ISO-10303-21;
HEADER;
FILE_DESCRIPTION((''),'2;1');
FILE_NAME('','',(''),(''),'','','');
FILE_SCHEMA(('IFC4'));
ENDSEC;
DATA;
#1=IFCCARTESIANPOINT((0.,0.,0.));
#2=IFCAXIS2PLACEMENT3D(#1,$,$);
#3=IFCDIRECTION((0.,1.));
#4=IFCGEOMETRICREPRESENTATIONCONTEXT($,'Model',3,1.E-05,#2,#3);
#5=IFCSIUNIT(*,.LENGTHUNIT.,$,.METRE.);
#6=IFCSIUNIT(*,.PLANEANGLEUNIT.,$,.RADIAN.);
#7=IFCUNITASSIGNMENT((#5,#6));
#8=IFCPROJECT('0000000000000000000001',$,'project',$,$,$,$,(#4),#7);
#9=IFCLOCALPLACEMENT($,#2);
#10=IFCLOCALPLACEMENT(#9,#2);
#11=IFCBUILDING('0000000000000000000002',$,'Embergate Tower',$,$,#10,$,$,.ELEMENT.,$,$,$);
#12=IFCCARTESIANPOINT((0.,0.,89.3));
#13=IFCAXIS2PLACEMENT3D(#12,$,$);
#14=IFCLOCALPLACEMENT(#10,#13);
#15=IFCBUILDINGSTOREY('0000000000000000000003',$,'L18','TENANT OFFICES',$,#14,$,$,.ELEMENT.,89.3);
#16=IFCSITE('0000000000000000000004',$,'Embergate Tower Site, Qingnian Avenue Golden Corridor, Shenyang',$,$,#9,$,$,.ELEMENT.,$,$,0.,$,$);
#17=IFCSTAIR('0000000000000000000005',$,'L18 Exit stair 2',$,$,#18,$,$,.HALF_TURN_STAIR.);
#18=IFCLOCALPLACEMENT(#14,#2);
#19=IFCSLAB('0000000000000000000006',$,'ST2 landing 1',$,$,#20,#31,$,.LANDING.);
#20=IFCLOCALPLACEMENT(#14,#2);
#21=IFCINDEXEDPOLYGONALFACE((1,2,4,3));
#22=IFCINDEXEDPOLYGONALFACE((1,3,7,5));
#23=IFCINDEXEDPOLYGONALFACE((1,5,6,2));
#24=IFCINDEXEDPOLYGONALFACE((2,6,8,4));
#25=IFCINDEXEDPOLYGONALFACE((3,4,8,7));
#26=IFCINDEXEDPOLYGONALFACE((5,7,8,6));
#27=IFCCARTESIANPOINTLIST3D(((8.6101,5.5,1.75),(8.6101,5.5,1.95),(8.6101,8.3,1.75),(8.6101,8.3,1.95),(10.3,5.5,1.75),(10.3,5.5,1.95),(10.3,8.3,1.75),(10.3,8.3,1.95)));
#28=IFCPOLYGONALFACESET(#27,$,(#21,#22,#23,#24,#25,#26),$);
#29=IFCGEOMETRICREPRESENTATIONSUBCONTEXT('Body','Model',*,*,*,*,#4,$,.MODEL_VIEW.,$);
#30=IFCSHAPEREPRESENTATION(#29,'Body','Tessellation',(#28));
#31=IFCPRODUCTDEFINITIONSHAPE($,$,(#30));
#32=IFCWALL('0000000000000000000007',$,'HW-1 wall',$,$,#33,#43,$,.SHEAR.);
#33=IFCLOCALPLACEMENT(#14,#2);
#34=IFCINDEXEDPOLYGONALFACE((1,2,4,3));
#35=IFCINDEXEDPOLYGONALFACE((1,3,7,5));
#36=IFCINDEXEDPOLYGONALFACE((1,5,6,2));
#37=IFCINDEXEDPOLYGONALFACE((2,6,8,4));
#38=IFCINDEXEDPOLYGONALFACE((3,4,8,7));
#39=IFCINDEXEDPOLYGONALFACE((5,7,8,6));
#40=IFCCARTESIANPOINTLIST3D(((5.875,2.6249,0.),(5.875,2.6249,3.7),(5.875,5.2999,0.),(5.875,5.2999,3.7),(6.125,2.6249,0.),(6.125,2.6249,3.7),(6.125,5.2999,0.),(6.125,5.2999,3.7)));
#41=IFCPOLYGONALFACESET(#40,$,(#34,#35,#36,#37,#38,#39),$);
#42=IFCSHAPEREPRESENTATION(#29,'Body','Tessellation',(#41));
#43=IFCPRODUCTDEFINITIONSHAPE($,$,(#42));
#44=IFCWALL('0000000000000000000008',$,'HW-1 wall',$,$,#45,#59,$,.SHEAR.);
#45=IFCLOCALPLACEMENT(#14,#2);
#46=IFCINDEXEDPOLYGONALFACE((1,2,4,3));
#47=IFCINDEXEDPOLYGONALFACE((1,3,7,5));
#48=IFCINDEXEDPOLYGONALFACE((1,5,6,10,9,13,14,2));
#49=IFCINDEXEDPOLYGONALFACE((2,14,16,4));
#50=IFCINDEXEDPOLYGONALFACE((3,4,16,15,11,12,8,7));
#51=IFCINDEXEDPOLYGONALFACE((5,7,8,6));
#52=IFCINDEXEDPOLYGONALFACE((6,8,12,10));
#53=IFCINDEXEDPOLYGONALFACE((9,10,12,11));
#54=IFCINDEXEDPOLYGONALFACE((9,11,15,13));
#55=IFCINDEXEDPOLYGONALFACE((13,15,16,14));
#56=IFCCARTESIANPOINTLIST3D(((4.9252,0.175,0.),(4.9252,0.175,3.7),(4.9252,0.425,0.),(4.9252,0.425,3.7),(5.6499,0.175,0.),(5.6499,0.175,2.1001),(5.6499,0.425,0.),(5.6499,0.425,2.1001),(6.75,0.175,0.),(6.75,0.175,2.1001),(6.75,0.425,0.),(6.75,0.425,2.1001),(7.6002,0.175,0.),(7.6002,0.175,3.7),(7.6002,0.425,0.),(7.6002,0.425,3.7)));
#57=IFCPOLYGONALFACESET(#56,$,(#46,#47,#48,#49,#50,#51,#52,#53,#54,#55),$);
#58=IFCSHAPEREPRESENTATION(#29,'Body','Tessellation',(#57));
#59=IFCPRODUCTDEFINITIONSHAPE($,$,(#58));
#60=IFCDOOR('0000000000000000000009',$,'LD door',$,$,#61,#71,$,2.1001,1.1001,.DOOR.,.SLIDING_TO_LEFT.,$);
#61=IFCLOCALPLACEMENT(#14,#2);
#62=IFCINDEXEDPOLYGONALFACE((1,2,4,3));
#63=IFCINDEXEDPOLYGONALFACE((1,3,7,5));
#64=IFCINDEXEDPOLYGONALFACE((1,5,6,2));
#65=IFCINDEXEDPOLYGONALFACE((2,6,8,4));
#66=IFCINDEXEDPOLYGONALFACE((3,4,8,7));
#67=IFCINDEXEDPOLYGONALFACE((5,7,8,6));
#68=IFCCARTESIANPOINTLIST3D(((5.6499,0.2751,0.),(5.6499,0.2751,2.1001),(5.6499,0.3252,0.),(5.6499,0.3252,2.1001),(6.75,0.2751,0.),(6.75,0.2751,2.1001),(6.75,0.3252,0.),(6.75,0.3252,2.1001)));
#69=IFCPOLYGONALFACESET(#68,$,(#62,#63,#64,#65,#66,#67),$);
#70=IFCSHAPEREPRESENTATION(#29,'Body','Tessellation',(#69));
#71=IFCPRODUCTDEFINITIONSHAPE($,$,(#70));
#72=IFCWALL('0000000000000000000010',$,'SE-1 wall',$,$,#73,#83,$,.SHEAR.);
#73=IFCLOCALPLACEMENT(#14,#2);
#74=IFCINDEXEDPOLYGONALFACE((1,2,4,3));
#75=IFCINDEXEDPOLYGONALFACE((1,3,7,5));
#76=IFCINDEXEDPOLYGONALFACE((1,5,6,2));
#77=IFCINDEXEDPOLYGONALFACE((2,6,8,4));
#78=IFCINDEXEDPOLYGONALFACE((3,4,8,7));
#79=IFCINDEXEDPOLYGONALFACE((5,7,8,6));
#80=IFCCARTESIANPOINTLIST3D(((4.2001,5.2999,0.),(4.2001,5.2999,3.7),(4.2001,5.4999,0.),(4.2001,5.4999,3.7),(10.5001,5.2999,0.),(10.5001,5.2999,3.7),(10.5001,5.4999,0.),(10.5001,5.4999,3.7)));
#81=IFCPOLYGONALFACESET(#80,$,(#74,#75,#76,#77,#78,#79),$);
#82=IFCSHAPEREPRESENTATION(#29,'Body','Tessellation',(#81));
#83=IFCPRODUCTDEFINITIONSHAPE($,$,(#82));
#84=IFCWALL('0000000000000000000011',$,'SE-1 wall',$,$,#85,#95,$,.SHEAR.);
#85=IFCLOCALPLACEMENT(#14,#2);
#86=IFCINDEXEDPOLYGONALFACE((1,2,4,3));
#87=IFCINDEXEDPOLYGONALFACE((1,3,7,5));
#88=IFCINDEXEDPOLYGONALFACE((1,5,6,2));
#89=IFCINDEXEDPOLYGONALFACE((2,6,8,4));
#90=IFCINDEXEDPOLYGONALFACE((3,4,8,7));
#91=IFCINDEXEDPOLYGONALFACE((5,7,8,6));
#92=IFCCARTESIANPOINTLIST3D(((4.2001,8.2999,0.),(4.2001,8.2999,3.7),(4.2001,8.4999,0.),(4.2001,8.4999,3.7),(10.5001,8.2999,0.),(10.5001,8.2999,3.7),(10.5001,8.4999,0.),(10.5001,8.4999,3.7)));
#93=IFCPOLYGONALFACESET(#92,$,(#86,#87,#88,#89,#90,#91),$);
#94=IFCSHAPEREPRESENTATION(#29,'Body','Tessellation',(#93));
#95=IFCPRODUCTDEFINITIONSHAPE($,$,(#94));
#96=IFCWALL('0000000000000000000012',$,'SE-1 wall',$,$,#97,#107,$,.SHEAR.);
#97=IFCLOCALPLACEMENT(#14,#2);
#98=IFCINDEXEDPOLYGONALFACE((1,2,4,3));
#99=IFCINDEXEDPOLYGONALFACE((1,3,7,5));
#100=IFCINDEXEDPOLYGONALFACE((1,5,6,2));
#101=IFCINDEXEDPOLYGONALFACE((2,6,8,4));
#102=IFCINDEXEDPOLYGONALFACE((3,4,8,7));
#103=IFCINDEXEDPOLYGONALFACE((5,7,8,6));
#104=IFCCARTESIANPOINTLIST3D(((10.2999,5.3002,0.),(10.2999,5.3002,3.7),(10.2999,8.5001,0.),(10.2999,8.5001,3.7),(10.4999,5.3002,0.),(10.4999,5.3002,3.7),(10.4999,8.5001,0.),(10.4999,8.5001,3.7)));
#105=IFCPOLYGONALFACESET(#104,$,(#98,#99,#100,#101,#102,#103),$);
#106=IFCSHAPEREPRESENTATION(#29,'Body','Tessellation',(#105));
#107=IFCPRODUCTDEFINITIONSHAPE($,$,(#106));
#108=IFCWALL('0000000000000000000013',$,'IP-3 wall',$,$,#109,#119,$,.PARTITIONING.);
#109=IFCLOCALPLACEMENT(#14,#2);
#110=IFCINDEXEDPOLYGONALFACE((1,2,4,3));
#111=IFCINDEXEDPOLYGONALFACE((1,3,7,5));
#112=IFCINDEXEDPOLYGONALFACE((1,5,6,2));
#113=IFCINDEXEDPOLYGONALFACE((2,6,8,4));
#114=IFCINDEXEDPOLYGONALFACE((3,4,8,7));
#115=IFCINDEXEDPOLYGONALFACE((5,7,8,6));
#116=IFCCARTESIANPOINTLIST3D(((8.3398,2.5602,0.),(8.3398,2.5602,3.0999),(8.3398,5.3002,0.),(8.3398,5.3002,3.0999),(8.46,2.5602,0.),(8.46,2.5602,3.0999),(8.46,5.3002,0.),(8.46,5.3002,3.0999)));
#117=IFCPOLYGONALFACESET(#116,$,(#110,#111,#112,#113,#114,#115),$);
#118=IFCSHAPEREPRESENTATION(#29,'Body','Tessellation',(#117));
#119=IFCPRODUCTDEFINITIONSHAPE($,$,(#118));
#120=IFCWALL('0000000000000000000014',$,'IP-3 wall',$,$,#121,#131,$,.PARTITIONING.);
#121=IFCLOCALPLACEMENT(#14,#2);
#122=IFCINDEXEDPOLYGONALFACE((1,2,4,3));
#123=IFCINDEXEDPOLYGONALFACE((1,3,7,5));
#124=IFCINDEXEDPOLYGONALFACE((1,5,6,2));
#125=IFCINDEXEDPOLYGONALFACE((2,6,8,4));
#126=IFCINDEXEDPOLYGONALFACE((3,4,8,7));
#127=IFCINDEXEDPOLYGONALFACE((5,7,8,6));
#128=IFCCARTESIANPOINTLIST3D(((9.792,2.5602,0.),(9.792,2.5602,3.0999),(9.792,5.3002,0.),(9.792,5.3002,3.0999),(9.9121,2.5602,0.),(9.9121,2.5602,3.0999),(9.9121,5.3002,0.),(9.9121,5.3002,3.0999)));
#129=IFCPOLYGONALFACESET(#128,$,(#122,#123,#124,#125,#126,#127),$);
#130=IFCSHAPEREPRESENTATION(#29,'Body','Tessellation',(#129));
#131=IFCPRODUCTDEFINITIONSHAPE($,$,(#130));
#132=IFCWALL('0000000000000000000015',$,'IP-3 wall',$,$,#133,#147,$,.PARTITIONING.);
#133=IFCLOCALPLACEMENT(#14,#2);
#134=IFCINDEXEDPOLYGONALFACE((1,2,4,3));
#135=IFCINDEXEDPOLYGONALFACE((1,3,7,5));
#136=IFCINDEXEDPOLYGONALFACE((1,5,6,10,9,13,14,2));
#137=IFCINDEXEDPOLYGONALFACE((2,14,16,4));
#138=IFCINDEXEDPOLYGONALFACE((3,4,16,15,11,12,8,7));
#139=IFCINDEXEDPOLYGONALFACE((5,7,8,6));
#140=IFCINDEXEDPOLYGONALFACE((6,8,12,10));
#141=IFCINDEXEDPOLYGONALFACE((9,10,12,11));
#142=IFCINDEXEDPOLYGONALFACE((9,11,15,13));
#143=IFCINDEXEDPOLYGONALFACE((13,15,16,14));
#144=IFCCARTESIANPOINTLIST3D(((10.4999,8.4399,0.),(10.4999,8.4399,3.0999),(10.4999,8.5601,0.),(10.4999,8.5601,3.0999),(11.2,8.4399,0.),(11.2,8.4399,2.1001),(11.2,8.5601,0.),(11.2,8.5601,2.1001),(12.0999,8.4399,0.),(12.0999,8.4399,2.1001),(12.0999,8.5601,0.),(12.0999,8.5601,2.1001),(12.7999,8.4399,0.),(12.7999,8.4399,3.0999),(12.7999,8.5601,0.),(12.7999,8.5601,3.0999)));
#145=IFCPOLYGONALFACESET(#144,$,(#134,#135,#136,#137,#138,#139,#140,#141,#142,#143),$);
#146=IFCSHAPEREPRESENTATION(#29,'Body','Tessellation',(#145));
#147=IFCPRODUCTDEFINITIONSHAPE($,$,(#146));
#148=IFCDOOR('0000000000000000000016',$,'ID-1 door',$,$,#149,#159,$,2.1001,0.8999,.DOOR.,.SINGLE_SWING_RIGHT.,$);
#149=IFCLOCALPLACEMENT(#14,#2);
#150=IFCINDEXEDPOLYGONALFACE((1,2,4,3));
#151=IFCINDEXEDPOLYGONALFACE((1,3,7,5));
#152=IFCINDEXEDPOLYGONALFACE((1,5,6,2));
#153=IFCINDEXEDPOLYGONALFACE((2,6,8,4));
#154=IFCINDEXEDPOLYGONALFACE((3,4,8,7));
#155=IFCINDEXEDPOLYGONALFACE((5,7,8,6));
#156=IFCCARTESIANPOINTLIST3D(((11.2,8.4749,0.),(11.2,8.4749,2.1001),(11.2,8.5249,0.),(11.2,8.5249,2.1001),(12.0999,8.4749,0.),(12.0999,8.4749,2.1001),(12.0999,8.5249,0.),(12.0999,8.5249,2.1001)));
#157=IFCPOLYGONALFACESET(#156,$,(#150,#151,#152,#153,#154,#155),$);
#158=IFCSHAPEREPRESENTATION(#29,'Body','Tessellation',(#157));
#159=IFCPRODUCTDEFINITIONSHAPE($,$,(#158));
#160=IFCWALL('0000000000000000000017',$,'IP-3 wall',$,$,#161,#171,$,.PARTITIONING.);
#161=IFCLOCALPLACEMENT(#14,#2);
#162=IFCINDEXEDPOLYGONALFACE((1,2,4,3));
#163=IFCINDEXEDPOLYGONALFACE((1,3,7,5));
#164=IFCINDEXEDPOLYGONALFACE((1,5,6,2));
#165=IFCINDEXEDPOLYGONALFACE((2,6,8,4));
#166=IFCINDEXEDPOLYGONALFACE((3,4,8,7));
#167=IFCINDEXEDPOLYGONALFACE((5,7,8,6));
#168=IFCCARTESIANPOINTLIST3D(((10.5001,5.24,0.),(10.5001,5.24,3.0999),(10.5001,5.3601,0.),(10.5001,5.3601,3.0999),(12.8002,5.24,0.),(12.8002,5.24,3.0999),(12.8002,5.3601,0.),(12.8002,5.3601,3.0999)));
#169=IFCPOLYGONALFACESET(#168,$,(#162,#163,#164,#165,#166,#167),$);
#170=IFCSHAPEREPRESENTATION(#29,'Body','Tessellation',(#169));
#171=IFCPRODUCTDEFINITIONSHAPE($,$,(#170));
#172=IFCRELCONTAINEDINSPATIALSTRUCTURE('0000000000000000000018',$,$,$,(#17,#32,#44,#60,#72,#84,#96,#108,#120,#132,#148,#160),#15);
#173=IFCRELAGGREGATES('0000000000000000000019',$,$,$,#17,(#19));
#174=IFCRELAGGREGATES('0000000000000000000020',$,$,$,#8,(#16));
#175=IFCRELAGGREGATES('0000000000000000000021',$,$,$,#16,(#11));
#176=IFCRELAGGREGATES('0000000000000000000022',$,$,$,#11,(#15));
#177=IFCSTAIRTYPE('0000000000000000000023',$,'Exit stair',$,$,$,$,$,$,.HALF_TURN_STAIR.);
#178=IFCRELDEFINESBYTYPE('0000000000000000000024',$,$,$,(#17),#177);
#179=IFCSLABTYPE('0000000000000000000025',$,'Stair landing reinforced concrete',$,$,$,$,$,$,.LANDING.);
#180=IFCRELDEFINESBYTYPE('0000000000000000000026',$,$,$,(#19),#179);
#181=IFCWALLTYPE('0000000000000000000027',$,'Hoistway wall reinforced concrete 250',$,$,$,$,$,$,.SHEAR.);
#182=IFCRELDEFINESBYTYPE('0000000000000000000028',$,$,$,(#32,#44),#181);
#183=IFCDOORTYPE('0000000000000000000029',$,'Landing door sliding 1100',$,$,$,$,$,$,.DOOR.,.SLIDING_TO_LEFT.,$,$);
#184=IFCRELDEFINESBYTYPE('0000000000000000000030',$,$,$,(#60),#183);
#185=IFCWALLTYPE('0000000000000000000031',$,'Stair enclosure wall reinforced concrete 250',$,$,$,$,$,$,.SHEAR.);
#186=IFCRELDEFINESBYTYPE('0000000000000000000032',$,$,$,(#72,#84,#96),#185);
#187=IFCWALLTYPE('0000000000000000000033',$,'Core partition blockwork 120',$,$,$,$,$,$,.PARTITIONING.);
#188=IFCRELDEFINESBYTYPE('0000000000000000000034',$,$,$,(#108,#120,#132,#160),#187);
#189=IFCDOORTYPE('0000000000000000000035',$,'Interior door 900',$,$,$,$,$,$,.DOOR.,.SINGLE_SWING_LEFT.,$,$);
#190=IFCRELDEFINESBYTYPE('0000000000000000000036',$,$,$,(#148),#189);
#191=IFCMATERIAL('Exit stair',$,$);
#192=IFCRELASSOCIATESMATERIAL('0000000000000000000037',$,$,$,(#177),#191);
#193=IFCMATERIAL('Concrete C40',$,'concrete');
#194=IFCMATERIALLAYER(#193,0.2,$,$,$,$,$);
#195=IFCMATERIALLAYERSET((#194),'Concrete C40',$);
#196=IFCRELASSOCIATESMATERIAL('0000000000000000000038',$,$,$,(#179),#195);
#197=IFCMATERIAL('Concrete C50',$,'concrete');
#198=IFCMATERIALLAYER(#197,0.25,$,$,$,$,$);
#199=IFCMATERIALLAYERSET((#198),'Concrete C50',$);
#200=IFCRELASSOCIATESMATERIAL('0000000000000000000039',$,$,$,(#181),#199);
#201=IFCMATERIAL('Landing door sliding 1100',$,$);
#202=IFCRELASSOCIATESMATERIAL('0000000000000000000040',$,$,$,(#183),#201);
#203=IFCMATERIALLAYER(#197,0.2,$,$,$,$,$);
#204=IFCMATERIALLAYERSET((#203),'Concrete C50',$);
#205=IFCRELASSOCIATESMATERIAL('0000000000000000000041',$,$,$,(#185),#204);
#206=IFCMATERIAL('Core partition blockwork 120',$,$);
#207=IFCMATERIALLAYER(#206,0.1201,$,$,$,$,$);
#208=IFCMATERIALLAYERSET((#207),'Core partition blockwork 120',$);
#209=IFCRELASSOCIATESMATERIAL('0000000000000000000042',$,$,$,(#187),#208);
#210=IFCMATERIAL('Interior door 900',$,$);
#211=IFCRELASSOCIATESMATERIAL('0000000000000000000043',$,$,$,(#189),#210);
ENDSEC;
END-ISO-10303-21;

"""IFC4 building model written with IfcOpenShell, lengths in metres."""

from ifc_helpers import new_model, si_unit, direction, frame, frame_2d, origin, place, context, subcontext, project, spatial, polyline, rectangle, outline, extrude, source, transform, mapped, material, layer, layer_set, type_object, element, fill, aggregate, save


model = new_model("IFC4")

# Units and contexts
model_context = context("Model", 3, precision=1e-05, world=origin(), true_north=direction((0.0, 1.0)))
body_context = subcontext(model_context, "Body", "Model", "MODEL_VIEW")
ifc_project = project(units=[si_unit("LENGTHUNIT", "METRE"), si_unit("PLANEANGLEUNIT", "RADIAN")], contexts=[model_context])

# Site, building, storey
site_placement = place(None, origin())
site = spatial("IfcSite", under=ifc_project, at=site_placement, Name="Embergate Tower Site, Qingnian Avenue Golden Corridor, Shenyang", CompositionType="ELEMENT", RefElevation=0.0)
building_placement = place(site_placement, origin())
building = spatial("IfcBuilding", under=site, at=building_placement, Name="Embergate Tower", CompositionType="ELEMENT")
storey_placement = place(building_placement, frame((0.0, 0.0, 89.3)))
storey = spatial("IfcBuildingStorey", under=building, at=storey_placement, Name="L18", Description="TENANT OFFICES", CompositionType="ELEMENT", Elevation=89.3)

# Stair, slab
ifc_material_1 = material(Name="Exit stair")
stair_type = type_object("IfcStairType", Name="Exit stair", PredefinedType="HALF_TURN_STAIR", material=ifc_material_1)
stair_placement = place(storey_placement, origin())
stair = element("IfcStair", 1, at=stair_placement, inside=storey, type_object=stair_type, Name="L18 Exit stair 2", PredefinedType="HALF_TURN_STAIR")
ifc_material_2 = material(Name="Concrete C40", Category="concrete")
ifc_layer_1 = layer(ifc_material_2, 0.2)
ifc_layer_set_1 = layer_set([ifc_layer_1], Name="Concrete C40")
slab_type = type_object("IfcSlabType", Name="Stair landing reinforced concrete", PredefinedType="LANDING", material=ifc_layer_set_1)
shared_shape_1 = source(origin(), body_context, "Body", "SweptSolid", [
    extrude(outline(polyline([(0.0, 0.0), (1.6899, 0.0), (1.6899, 2.8), (0.0, 2.8), (0.0, 0.0)])), origin(), (0.0, 0.0, 1.0), 0.2),
])
slab_placement = place(storey_placement, frame((8.6101, 5.5, 1.75)))
slab = element("IfcSlab", 2, at=slab_placement, type_object=slab_type, Name="ST2 landing 1", PredefinedType="LANDING", context=body_context, shape_type="MappedRepresentation", body=[
    mapped(shared_shape_1, transform((0.0, 0.0, 0.0))),
])

# Wall
ifc_material_3 = material(Name="Concrete C50", Category="concrete")
ifc_layer_2 = layer(ifc_material_3, 0.25)
ifc_layer_set_2 = layer_set([ifc_layer_2], Name="Concrete C50")
wall_type_1 = type_object("IfcWallType", Name="Hoistway wall reinforced concrete 250", PredefinedType="SHEAR", material=ifc_layer_set_2)
shared_shape_2 = source(origin(), body_context, "Body", "SweptSolid", [
    extrude(rectangle(XDim=2.675, YDim=0.25, at=frame_2d((1.3374, 0.0))), origin(), (0.0, 0.0, 1.0), 3.7),
])
wall_1_placement = place(storey_placement, frame((6.0, 2.625, 0.0), z_axis=(0.0, 0.0, 1.0), x_axis=(0.0, 1.0, 0.0)))
element("IfcWall", 3, at=wall_1_placement, inside=storey, type_object=wall_type_1, Name="HW-1 wall", PredefinedType="SHEAR", context=body_context, shape_type="MappedRepresentation", body=[
    mapped(shared_shape_2, transform((0.0, 0.0, 0.0))),
])

# Wall, opening, door
wall_2_placement = place(storey_placement, frame((7.6001, 0.3, 0.0), z_axis=(0.0, 0.0, 1.0), x_axis=(-1.0, 0.0, 0.0)))
wall_2 = element("IfcWall", 4, at=wall_2_placement, inside=storey, type_object=wall_type_1, Name="HW-1 wall", PredefinedType="SHEAR", context=body_context, shape_type="MappedRepresentation", body=[
    mapped(shared_shape_2, transform((0.0, 0.0, 0.0))),
])
shared_shape_3 = source(origin(), body_context, "Body", "SweptSolid", [
    extrude(rectangle(XDim=1.1001, YDim=2.1001, at=frame_2d((0.55, 1.05))), frame((0.0, 0.135, 0.0), z_axis=(0.0, -1.0, 0.0), x_axis=(1.0, 0.0, 0.0)), (0.0, 0.0, 1.0), 0.27),
])
opening_1_placement = place(wall_2_placement, frame((0.8501, 0.0, 0.0)))
opening_1 = element("IfcOpeningElement", 5, at=opening_1_placement, cuts=wall_2, PredefinedType="OPENING", context=body_context, shape_type="MappedRepresentation", body=[
    mapped(shared_shape_3, transform((0.0, 0.0, 0.0))),
])
ifc_material_4 = material(Name="Landing door sliding 1100")
door_type_1 = type_object("IfcDoorType", Name="Landing door sliding 1100", OperationType="SLIDING_TO_LEFT", PredefinedType="DOOR", material=ifc_material_4)
shared_shape_4 = source(origin(), body_context, "Body", "SweptSolid", [
    extrude(rectangle(XDim=1.1001, YDim=2.1001, at=frame_2d((0.55, 1.05))), frame((0.0, 0.0249, 0.0), z_axis=(0.0, -1.0, 0.0), x_axis=(1.0, 0.0, 0.0)), (0.0, 0.0, 1.0), 0.05),
])
door_1_placement = place(opening_1_placement, origin())
door_1 = element("IfcDoor", 6, at=door_1_placement, inside=storey, type_object=door_type_1, Name="LD door", OperationType="SLIDING_TO_LEFT", OverallHeight=2.1001, OverallWidth=1.1001, PredefinedType="DOOR", context=body_context, shape_type="MappedRepresentation", body=[
    mapped(shared_shape_4, transform((0.0, 0.0, 0.0))),
])
fill(opening_1, door_1)

# Walls
ifc_layer_3 = layer(ifc_material_3, 0.2)
ifc_layer_set_3 = layer_set([ifc_layer_3], Name="Concrete C50")
wall_type_2 = type_object("IfcWallType", Name="Stair enclosure wall reinforced concrete 250", PredefinedType="SHEAR", material=ifc_layer_set_3)
shared_shape_5 = source(origin(), body_context, "Body", "SweptSolid", [
    extrude(rectangle(XDim=6.3, YDim=0.2, at=frame_2d((3.1499, 0.0))), origin(), (0.0, 0.0, 1.0), 3.7),
])
for number, where, z_axis, x_axis, name in (
    (7, (10.5, 5.3999, 0.0), (0.0, 0.0, 1.0), (-1.0, 0.0, 0.0), "SE-1 wall"),
    (8, (10.5, 8.3999, 0.0), (0.0, 0.0, 1.0), (-1.0, 0.0, 0.0), "SE-1 wall"),
):
    element("IfcWall", number, at=place(storey_placement, frame(where, z_axis=z_axis, x_axis=x_axis)), inside=storey, type_object=wall_type_2, Name=name, PredefinedType="SHEAR", context=body_context, shape_type="MappedRepresentation", body=[
        mapped(shared_shape_5, transform((0.0, 0.0, 0.0))),
    ])
shared_shape_6 = source(origin(), body_context, "Body", "SweptSolid", [
    extrude(rectangle(XDim=3.2, YDim=0.2, at=frame_2d((1.6001, 0.0))), origin(), (0.0, 0.0, 1.0), 3.7),
])
wall_3_placement = place(storey_placement, frame((10.3999, 5.3, 0.0), z_axis=(0.0, 0.0, 1.0), x_axis=(0.0, 1.0, 0.0)))
element("IfcWall", 9, at=wall_3_placement, inside=storey, type_object=wall_type_2, Name="SE-1 wall", PredefinedType="SHEAR", context=body_context, shape_type="MappedRepresentation", body=[
    mapped(shared_shape_6, transform((0.0, 0.0, 0.0))),
])
ifc_material_5 = material(Name="Core partition blockwork 120")
ifc_layer_4 = layer(ifc_material_5, 0.1201)
ifc_layer_set_4 = layer_set([ifc_layer_4], Name="Core partition blockwork 120")
wall_type_3 = type_object("IfcWallType", Name="Core partition blockwork 120", PredefinedType="PARTITIONING", material=ifc_layer_set_4)
shared_shape_7 = source(origin(), body_context, "Body", "SweptSolid", [
    extrude(rectangle(XDim=2.74, YDim=0.1201, at=frame_2d((1.3701, 0.0))), origin(), (0.0, 0.0, 1.0), 3.0999),
])
for number, where, z_axis, x_axis, name in (
    (10, (8.3999, 2.5601, 0.0), (0.0, 0.0, 1.0), (0.0, 1.0, 0.0), "IP-3 wall"),
    (11, (9.8521, 2.5601, 0.0), (0.0, 0.0, 1.0), (0.0, 1.0, 0.0), "IP-3 wall"),
):
    element("IfcWall", number, at=place(storey_placement, frame(where, z_axis=z_axis, x_axis=x_axis)), inside=storey, type_object=wall_type_3, Name=name, PredefinedType="PARTITIONING", context=body_context, shape_type="MappedRepresentation", body=[
        mapped(shared_shape_7, transform((0.0, 0.0, 0.0))),
    ])

# Wall, opening, door
shared_shape_8 = source(origin(), body_context, "Body", "SweptSolid", [
    extrude(rectangle(XDim=2.3, YDim=0.1201, at=frame_2d((1.1499, 0.0))), origin(), (0.0, 0.0, 1.0), 3.0999),
])
wall_4_placement = place(storey_placement, frame((10.5, 8.5, 0.0), z_axis=(0.0, 0.0, 1.0), x_axis=(1.0, 0.0, 0.0)))
wall_4 = element("IfcWall", 12, at=wall_4_placement, inside=storey, type_object=wall_type_3, Name="IP-3 wall", PredefinedType="PARTITIONING", context=body_context, shape_type="MappedRepresentation", body=[
    mapped(shared_shape_8, transform((0.0, 0.0, 0.0))),
])
shared_shape_9 = source(origin(), body_context, "Body", "SweptSolid", [
    extrude(rectangle(XDim=0.8999, YDim=2.1001, at=frame_2d((0.45, 1.05))), frame((0.0, 0.0701, 0.0), z_axis=(0.0, -1.0, 0.0), x_axis=(1.0, 0.0, 0.0)), (0.0, 0.0, 1.0), 0.1401),
])
opening_2_placement = place(wall_4_placement, frame((0.7, 0.0, 0.0)))
opening_2 = element("IfcOpeningElement", 13, at=opening_2_placement, cuts=wall_4, PredefinedType="OPENING", context=body_context, shape_type="MappedRepresentation", body=[
    mapped(shared_shape_9, transform((0.0, 0.0, 0.0))),
])
ifc_material_6 = material(Name="Interior door 900")
door_type_2 = type_object("IfcDoorType", Name="Interior door 900", OperationType="SINGLE_SWING_LEFT", PredefinedType="DOOR", material=ifc_material_6)
shared_shape_10 = source(origin(), body_context, "Body", "SweptSolid", [
    extrude(rectangle(XDim=0.8999, YDim=2.1001, at=frame_2d((0.45, 1.05))), frame((0.0, 0.0249, 0.0), z_axis=(0.0, -1.0, 0.0), x_axis=(1.0, 0.0, 0.0)), (0.0, 0.0, 1.0), 0.05),
])
door_2_placement = place(opening_2_placement, origin())
door_2 = element("IfcDoor", 14, at=door_2_placement, inside=storey, type_object=door_type_2, Name="ID-1 door", OperationType="SINGLE_SWING_RIGHT", OverallHeight=2.1001, OverallWidth=0.8999, PredefinedType="DOOR", context=body_context, shape_type="MappedRepresentation", body=[
    mapped(shared_shape_10, transform((0.0, 0.0, 0.0))),
])
fill(opening_2, door_2)

# Wall
wall_5_placement = place(storey_placement, frame((12.8, 5.3, 0.0), z_axis=(0.0, 0.0, 1.0), x_axis=(-1.0, 0.0, 0.0)))
element("IfcWall", 15, at=wall_5_placement, inside=storey, type_object=wall_type_3, Name="IP-3 wall", PredefinedType="PARTITIONING", context=body_context, shape_type="MappedRepresentation", body=[
    mapped(shared_shape_8, transform((0.0, 0.0, 0.0))),
])

aggregate(stair, [slab])

save(model, "model.ifc")
